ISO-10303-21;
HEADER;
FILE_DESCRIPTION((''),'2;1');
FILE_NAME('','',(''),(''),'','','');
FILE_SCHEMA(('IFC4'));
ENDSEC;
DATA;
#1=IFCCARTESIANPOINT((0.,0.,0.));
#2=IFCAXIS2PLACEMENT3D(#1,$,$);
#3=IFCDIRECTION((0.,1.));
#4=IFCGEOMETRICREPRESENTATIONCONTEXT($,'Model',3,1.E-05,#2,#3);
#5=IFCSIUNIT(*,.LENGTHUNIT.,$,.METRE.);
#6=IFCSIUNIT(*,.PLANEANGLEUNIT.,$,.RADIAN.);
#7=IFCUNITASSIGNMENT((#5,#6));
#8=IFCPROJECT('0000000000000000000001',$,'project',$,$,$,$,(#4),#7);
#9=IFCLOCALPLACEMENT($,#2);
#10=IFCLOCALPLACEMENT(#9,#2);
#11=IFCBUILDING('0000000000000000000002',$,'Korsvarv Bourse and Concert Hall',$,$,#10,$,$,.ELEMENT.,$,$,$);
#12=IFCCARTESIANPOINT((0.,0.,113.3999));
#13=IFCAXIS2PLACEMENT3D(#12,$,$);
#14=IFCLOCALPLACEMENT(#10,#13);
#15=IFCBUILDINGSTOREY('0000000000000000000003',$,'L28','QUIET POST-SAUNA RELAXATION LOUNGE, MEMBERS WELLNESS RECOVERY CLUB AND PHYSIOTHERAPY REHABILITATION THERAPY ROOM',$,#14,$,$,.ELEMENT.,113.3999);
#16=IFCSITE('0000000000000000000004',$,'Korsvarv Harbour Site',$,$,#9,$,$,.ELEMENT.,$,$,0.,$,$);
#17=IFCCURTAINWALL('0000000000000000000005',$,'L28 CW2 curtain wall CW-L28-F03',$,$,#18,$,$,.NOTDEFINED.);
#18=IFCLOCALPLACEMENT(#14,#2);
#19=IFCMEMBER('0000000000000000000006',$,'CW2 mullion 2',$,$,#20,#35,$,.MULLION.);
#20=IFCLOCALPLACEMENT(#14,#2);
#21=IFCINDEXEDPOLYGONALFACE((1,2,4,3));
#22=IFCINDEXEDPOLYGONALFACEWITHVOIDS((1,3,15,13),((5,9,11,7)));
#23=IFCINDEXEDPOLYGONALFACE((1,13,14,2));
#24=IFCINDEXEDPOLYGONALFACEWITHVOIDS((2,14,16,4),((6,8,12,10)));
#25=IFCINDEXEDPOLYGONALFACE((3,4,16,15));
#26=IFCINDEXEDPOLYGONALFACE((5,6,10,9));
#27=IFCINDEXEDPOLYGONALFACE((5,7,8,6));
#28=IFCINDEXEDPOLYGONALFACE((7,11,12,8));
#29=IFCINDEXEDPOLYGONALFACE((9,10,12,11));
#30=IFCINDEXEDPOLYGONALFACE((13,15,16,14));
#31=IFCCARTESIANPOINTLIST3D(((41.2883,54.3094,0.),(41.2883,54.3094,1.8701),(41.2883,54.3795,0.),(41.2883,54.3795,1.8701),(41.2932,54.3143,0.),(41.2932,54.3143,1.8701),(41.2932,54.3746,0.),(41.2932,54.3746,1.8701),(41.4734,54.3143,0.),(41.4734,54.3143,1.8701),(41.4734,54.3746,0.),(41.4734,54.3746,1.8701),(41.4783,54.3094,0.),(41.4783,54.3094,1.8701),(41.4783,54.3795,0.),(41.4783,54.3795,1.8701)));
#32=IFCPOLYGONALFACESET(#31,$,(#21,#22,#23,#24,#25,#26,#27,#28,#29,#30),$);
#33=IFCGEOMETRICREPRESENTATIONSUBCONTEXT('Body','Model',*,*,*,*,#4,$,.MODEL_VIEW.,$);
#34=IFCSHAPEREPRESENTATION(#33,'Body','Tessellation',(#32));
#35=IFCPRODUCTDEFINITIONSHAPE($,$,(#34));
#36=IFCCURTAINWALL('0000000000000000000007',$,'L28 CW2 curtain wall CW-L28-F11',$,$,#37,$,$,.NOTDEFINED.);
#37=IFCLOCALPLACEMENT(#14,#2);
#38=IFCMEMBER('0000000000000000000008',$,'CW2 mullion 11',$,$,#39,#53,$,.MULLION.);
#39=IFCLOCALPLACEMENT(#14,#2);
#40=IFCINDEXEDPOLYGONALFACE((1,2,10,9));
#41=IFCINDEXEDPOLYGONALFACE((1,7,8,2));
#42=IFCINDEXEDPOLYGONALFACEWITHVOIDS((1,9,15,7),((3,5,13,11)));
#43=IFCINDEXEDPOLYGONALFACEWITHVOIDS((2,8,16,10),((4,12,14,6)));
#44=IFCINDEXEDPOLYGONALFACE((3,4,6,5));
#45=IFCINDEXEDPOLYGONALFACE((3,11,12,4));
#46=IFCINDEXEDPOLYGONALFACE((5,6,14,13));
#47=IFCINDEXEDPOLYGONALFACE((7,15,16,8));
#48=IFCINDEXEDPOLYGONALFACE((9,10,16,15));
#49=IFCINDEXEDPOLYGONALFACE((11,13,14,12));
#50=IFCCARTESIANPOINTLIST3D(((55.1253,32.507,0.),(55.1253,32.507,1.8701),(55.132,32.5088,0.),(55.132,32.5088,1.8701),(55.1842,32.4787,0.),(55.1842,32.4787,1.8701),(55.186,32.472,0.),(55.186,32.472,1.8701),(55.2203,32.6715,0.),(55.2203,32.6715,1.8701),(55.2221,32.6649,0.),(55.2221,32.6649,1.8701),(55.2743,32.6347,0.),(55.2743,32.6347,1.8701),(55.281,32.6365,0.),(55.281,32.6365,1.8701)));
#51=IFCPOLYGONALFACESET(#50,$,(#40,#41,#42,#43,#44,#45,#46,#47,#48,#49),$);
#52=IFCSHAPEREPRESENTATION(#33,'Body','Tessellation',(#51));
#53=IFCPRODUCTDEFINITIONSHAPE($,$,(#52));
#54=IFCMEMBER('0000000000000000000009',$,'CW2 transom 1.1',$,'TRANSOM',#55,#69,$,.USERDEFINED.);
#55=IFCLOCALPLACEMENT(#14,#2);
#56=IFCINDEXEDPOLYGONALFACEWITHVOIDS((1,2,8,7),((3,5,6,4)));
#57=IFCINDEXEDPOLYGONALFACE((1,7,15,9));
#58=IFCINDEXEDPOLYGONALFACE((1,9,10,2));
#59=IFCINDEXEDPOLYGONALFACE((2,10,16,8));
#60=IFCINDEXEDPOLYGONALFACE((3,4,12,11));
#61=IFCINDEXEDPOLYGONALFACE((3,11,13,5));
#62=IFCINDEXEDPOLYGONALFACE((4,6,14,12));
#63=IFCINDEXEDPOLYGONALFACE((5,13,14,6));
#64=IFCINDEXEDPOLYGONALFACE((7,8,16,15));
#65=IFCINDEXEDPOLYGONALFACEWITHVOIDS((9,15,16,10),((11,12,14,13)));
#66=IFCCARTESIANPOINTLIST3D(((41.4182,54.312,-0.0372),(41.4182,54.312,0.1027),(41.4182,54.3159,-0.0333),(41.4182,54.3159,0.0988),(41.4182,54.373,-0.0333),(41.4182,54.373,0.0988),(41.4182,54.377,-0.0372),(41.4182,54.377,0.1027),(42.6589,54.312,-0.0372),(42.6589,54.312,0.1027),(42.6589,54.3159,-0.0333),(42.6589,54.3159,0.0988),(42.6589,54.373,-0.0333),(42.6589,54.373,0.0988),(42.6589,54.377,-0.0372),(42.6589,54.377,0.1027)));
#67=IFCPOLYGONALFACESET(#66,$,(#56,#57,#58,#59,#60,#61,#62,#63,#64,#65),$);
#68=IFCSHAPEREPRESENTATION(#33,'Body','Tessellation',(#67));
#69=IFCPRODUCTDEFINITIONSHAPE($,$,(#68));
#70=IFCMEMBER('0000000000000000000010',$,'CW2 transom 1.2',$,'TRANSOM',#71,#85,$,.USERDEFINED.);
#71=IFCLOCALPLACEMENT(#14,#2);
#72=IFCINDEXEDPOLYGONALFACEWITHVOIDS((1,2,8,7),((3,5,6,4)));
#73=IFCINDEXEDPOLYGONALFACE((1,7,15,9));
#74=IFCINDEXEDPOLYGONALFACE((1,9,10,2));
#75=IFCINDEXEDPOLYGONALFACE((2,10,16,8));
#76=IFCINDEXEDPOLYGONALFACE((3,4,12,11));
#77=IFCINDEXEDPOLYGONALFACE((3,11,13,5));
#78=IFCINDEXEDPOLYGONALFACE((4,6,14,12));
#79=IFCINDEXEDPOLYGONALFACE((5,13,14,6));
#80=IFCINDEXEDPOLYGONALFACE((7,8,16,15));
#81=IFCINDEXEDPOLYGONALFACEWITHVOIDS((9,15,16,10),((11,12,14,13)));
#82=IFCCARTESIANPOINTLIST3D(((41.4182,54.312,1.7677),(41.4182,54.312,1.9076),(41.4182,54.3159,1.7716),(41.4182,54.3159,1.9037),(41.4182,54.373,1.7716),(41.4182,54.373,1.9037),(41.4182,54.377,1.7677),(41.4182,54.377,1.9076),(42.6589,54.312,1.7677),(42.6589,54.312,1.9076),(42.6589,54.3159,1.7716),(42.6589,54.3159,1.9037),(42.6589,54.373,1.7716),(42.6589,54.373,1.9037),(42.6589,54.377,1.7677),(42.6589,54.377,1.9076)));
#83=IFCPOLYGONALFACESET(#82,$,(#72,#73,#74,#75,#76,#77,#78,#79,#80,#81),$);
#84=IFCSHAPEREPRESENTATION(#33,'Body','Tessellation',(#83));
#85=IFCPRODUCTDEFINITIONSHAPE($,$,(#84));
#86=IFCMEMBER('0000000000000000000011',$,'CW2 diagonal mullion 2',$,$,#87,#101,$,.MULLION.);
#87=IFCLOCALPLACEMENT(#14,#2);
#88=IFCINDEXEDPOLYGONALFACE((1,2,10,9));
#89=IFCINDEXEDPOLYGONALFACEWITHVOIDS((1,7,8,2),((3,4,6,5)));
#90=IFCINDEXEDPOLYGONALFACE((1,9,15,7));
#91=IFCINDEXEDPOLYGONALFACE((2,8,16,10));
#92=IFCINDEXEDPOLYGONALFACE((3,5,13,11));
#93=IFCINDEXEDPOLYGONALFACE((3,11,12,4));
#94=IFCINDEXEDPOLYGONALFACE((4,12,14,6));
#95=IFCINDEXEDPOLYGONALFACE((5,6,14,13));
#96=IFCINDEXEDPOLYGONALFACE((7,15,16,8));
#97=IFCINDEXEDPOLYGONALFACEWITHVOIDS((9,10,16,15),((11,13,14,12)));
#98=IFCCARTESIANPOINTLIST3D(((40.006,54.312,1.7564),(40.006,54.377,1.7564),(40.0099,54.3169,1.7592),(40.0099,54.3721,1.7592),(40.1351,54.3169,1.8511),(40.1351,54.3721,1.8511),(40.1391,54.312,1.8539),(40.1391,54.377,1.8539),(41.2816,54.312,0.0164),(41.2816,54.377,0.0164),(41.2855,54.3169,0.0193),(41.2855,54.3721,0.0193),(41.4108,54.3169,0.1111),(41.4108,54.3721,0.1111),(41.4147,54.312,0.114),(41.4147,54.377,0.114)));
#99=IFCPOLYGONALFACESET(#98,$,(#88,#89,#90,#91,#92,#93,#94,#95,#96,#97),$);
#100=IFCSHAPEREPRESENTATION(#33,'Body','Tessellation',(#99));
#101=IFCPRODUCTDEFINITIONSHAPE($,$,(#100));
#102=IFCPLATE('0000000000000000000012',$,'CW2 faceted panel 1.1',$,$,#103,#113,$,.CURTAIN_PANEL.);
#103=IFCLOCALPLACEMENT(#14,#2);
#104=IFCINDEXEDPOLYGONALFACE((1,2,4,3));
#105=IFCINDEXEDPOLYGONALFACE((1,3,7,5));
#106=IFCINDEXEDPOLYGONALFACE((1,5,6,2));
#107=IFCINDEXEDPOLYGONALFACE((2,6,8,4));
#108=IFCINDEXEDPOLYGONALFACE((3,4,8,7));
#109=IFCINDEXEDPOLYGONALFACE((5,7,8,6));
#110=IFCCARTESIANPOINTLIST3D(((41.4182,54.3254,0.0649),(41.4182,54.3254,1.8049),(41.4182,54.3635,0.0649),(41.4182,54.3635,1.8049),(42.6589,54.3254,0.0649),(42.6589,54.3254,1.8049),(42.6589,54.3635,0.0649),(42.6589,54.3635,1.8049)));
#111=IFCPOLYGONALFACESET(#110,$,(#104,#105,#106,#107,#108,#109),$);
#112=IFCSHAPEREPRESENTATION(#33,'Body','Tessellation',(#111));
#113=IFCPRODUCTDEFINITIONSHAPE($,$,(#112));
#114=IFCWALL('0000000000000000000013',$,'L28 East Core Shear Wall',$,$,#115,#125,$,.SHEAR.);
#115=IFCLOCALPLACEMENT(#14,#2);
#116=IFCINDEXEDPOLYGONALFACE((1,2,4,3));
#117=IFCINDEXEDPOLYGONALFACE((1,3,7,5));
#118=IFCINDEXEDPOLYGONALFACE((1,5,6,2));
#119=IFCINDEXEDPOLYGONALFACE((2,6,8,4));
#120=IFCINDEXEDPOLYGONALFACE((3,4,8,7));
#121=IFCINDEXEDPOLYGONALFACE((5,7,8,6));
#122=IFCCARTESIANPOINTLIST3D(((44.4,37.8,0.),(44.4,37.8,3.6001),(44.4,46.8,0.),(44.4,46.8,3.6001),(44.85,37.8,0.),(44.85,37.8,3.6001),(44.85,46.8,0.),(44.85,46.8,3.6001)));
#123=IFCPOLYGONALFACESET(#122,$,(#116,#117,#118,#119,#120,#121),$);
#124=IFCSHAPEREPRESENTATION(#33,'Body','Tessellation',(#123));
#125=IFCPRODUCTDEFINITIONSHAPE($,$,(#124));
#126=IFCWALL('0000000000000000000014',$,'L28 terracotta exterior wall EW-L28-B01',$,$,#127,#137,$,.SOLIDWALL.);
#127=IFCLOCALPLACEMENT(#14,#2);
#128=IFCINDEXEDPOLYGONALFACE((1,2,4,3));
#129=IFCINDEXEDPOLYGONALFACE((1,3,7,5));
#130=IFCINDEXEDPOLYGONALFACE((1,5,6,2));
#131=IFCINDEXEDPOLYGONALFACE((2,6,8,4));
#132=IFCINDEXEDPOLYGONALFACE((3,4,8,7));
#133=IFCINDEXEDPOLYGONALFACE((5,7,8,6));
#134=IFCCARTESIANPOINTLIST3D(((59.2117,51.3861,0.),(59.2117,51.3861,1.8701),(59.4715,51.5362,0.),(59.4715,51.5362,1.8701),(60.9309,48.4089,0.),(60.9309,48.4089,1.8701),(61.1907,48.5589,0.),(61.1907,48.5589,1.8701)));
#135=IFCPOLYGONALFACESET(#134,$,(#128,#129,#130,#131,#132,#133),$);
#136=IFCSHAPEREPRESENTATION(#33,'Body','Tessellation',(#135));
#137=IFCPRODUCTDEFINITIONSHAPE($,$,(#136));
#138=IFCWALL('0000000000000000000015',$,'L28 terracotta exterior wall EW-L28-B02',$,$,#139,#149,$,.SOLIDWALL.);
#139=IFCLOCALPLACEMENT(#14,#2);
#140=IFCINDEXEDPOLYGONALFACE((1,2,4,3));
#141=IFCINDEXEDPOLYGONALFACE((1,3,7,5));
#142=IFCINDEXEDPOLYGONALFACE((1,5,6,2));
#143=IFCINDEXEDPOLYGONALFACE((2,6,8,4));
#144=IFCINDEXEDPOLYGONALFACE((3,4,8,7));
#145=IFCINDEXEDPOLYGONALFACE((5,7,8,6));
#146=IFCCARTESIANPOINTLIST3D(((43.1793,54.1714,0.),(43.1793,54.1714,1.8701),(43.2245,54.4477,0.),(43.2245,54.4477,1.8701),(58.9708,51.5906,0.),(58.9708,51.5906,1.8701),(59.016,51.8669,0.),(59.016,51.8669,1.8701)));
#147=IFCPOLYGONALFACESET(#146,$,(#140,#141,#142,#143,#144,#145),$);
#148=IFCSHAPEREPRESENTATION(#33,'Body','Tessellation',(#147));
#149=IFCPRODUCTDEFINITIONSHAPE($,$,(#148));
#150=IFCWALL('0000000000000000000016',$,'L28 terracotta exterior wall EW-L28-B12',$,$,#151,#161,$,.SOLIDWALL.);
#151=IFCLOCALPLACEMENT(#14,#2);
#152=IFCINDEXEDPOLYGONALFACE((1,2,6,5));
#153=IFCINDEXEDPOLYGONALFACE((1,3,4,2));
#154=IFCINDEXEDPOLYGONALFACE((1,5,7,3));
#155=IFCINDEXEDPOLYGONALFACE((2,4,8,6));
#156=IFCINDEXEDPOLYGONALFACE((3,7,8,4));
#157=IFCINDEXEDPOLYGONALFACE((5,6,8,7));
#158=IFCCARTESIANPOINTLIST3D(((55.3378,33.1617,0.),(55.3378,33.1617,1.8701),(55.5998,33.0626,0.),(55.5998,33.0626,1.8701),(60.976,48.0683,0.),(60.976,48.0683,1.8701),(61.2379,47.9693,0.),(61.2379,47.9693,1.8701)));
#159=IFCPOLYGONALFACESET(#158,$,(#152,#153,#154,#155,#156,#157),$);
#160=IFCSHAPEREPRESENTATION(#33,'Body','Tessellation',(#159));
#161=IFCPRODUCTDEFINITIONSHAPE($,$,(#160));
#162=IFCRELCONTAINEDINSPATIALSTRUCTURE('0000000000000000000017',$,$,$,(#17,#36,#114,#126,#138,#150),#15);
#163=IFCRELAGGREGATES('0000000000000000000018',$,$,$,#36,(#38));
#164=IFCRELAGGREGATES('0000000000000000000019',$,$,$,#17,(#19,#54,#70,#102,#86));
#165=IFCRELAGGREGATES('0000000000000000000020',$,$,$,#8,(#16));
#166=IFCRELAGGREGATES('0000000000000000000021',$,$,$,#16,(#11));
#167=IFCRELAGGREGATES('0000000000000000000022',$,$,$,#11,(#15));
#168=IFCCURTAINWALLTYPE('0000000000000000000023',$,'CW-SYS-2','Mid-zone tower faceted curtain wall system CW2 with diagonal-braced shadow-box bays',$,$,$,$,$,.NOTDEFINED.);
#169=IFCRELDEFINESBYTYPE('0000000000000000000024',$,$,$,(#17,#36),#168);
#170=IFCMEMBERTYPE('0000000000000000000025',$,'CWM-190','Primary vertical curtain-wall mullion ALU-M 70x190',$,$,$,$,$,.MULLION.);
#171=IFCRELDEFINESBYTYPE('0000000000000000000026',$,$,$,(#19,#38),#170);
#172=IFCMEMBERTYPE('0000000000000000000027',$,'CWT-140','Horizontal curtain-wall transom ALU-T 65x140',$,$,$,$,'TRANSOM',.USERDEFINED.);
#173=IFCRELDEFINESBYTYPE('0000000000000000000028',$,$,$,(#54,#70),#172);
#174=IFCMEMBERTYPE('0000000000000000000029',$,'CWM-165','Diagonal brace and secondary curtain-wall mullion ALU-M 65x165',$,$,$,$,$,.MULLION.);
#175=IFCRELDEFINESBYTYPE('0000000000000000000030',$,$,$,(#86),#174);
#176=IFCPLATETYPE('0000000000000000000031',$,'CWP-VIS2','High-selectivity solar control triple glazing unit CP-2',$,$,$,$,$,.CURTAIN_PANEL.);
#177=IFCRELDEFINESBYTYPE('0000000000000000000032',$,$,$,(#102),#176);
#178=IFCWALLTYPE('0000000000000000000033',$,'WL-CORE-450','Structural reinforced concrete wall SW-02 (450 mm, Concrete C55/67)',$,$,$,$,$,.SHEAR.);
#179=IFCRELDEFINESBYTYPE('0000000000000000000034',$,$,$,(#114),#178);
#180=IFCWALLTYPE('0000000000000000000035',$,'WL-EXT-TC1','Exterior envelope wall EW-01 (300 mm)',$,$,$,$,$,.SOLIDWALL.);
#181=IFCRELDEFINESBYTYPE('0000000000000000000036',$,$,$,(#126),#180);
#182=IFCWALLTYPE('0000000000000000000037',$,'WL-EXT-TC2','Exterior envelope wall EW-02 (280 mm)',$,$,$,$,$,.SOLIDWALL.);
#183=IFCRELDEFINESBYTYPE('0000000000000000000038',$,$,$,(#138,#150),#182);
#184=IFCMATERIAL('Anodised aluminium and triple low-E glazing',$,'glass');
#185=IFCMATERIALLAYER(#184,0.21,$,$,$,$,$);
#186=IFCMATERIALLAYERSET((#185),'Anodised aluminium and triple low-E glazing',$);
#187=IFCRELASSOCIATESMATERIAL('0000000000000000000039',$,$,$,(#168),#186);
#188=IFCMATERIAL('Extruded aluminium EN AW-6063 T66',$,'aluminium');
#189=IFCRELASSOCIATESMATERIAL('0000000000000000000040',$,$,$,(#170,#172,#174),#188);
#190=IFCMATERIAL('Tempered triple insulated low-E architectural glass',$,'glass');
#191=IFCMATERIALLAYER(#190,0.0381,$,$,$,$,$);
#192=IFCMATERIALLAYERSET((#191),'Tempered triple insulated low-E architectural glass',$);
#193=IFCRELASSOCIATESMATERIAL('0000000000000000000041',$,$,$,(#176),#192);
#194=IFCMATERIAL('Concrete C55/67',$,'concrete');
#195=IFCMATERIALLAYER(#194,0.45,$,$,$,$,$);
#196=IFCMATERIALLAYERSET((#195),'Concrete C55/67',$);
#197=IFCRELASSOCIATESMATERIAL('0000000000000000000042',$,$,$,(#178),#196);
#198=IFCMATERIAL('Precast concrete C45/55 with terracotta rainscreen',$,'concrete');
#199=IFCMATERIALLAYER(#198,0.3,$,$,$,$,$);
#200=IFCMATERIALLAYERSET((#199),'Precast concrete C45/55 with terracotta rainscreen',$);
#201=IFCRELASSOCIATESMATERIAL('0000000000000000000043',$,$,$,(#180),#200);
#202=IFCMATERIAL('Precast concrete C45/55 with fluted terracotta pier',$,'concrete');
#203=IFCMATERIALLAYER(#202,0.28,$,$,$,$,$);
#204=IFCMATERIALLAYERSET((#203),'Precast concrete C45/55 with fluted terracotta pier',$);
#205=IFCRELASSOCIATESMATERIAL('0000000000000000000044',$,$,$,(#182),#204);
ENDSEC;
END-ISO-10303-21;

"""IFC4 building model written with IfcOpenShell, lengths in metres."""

from ifc_helpers import new_model, si_unit, direction, frame, frame_2d, origin, origin_2d, place, context, subcontext, project, spatial, rectangle, hollow_rectangle, extrude, source, transform, mapped, material, layer, layer_set, material_profile, profile_set, type_object, element, aggregate, save


model = new_model("IFC4")

# Units and contexts
model_context = context("Model", 3, precision=1e-05, world=origin(), true_north=direction((0.0, 1.0)))
body_context = subcontext(model_context, "Body", "Model", "MODEL_VIEW")
ifc_project = project(units=[si_unit("LENGTHUNIT", "METRE"), si_unit("PLANEANGLEUNIT", "RADIAN")], contexts=[model_context])

# Site, building, storey
site_placement = place(None, origin())
site = spatial("IfcSite", under=ifc_project, at=site_placement, Name="Korsvarv Harbour Site", CompositionType="ELEMENT", RefElevation=0.0)
building_placement = place(site_placement, origin())
building = spatial("IfcBuilding", under=site, at=building_placement, Name="Korsvarv Bourse and Concert Hall", CompositionType="ELEMENT")
storey_placement = place(building_placement, frame((0.0, 0.0, 113.3999)))
storey = spatial("IfcBuildingStorey", under=building, at=storey_placement, Name="L28", Description="QUIET POST-SAUNA RELAXATION LOUNGE, MEMBERS WELLNESS RECOVERY CLUB AND PHYSIOTHERAPY REHABILITATION THERAPY ROOM", CompositionType="ELEMENT", Elevation=113.3999)

# Curtain wall, member
ifc_material_1 = material(Name="Anodised aluminium and triple low-E glazing", Category="glass")
ifc_layer_1 = layer(ifc_material_1, 0.21)
ifc_layer_set_1 = layer_set([ifc_layer_1], Name="Anodised aluminium and triple low-E glazing")
curtain_wall_type = type_object("IfcCurtainWallType", Name="CW-SYS-2", Description="Mid-zone tower faceted curtain wall system CW2 with diagonal-braced shadow-box bays", PredefinedType="NOTDEFINED", material=ifc_layer_set_1)
curtain_wall_1_placement = place(storey_placement, origin())
curtain_wall_1 = element("IfcCurtainWall", 1, at=curtain_wall_1_placement, inside=storey, type_object=curtain_wall_type, Name="L28 CW2 curtain wall CW-L28-F03", PredefinedType="NOTDEFINED")
ifc_material_2 = material(Name="Extruded aluminium EN AW-6063 T66", Category="aluminium")
ifc_material_profile_1 = material_profile(ifc_material_2, hollow_rectangle(XDim=0.0701, YDim=0.1899, WallThickness=0.0049, at=origin_2d()), Name="ALU-M 70x190")
ifc_profile_set_1 = profile_set([ifc_material_profile_1], Name="Extruded aluminium EN AW-6063 T66")
member_type_1 = type_object("IfcMemberType", Name="CWM-190", Description="Primary vertical curtain-wall mullion ALU-M 70x190", PredefinedType="MULLION", material=ifc_profile_set_1)
shared_shape_1 = source(origin(), body_context, "Body", "SweptSolid", [
    extrude(hollow_rectangle(XDim=0.0701, YDim=0.1899, WallThickness=0.0049, at=origin_2d()), origin(), (0.0, 0.0, 1.0), 1.8701),
])
member_1_placement = place(storey_placement, frame((41.3833, 54.3445, 0.0), z_axis=(0.0, 0.0, 1.0), x_axis=(0.0, -1.0, 0.0)))
member_1 = element("IfcMember", 2, at=member_1_placement, type_object=member_type_1, Name="CW2 mullion 2", PredefinedType="MULLION", context=body_context, shape_type="MappedRepresentation", body=[
    mapped(shared_shape_1, transform((0.0, 0.0, 0.0), scale=1.0)),
])

# Curtain wall, member
curtain_wall_2_placement = place(storey_placement, origin())
curtain_wall_2 = element("IfcCurtainWall", 3, at=curtain_wall_2_placement, inside=storey, type_object=curtain_wall_type, Name="L28 CW2 curtain wall CW-L28-F11", PredefinedType="NOTDEFINED")
member_2_placement = place(storey_placement, frame((55.2031, 32.5718, 0.0), z_axis=(0.0, 0.0, 1.0), x_axis=(-0.866022, 0.500006, 0.0)))
member_2 = element("IfcMember", 4, at=member_2_placement, type_object=member_type_1, Name="CW2 mullion 11", PredefinedType="MULLION", context=body_context, shape_type="MappedRepresentation", body=[
    mapped(shared_shape_1, transform((0.0, 0.0, 0.0), scale=1.0)),
])
aggregate(curtain_wall_2, [member_2])

# Members
ifc_material_profile_2 = material_profile(ifc_material_2, hollow_rectangle(XDim=0.0649, YDim=0.1399, WallThickness=0.0039, at=origin_2d()), Name="ALU-T 65x140")
ifc_profile_set_2 = profile_set([ifc_material_profile_2], Name="Extruded aluminium EN AW-6063 T66")
member_type_2 = type_object("IfcMemberType", Name="CWT-140", Description="Horizontal curtain-wall transom ALU-T 65x140", ElementType="TRANSOM", PredefinedType="USERDEFINED", material=ifc_profile_set_2)
shared_shape_2 = source(origin(), body_context, "Body", "SweptSolid", [
    extrude(hollow_rectangle(XDim=0.0649, YDim=0.1399, WallThickness=0.0039, at=origin_2d()), origin(), (0.0, 0.0, 1.0), 1.2407),
])
member_3_placement = place(storey_placement, frame((42.6589, 54.3445, 0.0327), z_axis=(-1.0, 0.0, 0.0), x_axis=(0.0, -1.0, 0.0)))
member_3 = element("IfcMember", 5, at=member_3_placement, type_object=member_type_2, Name="CW2 transom 1.1", ObjectType="TRANSOM", PredefinedType="USERDEFINED", context=body_context, shape_type="MappedRepresentation", body=[
    mapped(shared_shape_2, transform((0.0, 0.0, 0.0), scale=1.0)),
])
member_4_placement = place(storey_placement, frame((42.6589, 54.3445, 1.8376), z_axis=(-1.0, 0.0, 0.0), x_axis=(0.0, -1.0, 0.0)))
member_4 = element("IfcMember", 6, at=member_4_placement, type_object=member_type_2, Name="CW2 transom 1.2", ObjectType="TRANSOM", PredefinedType="USERDEFINED", context=body_context, shape_type="MappedRepresentation", body=[
    mapped(shared_shape_2, transform((0.0, 0.0, 0.0), scale=1.0)),
])
ifc_material_profile_3 = material_profile(ifc_material_2, hollow_rectangle(XDim=0.0649, YDim=0.165, WallThickness=0.0049, at=origin_2d()), Name="ALU-M 65x165")
ifc_profile_set_3 = profile_set([ifc_material_profile_3], Name="Extruded aluminium EN AW-6063 T66")
member_type_3 = type_object("IfcMemberType", Name="CWM-165", Description="Diagonal brace and secondary curtain-wall mullion ALU-M 65x165", PredefinedType="MULLION", material=ifc_profile_set_3)
shared_shape_3 = source(origin(), body_context, "Body", "SweptSolid", [
    extrude(hollow_rectangle(XDim=0.0649, YDim=0.165, WallThickness=0.0049, at=origin_2d()), origin(), (0.0, 0.0, 1.0), 2.1575),
])
member_5_placement = place(storey_placement, frame((41.3481, 54.3445, 0.0652), z_axis=(-0.591256, 0.0, 0.806484), x_axis=(0.0, -1.0, 0.0)))
member_5 = element("IfcMember", 7, at=member_5_placement, type_object=member_type_3, Name="CW2 diagonal mullion 2", PredefinedType="MULLION", context=body_context, shape_type="MappedRepresentation", body=[
    mapped(shared_shape_3, transform((0.0, 0.0, 0.0), scale=1.0)),
])

# Plate
ifc_material_3 = material(Name="Tempered triple insulated low-E architectural glass", Category="glass")
ifc_layer_2 = layer(ifc_material_3, 0.0381)
ifc_layer_set_2 = layer_set([ifc_layer_2], Name="Tempered triple insulated low-E architectural glass")
plate_type = type_object("IfcPlateType", Name="CWP-VIS2", Description="High-selectivity solar control triple glazing unit CP-2", PredefinedType="CURTAIN_PANEL", material=ifc_layer_set_2)
shared_shape_4 = source(origin(), body_context, "Body", "SweptSolid", [
    extrude(rectangle(XDim=1.2407, YDim=0.0381, at=origin_2d()), origin(), (0.0, 0.0, 1.0), 1.74),
])
plate_placement = place(storey_placement, frame((42.0386, 54.3445, 0.0649), z_axis=(0.0, 0.0, 1.0), x_axis=(-1.0, 0.0, 0.0)))
plate = element("IfcPlate", 8, at=plate_placement, type_object=plate_type, Name="CW2 faceted panel 1.1", PredefinedType="CURTAIN_PANEL", context=body_context, shape_type="MappedRepresentation", body=[
    mapped(shared_shape_4, transform((0.0, 0.0, 0.0), scale=1.0)),
])
aggregate(curtain_wall_1, [member_1, member_3, member_4, plate, member_5])

# Walls
ifc_material_4 = material(Name="Concrete C55/67", Category="concrete")
ifc_layer_3 = layer(ifc_material_4, 0.45)
ifc_layer_set_3 = layer_set([ifc_layer_3], Name="Concrete C55/67")
wall_type_1 = type_object("IfcWallType", Name="WL-CORE-450", Description="Structural reinforced concrete wall SW-02 (450 mm, Concrete C55/67)", PredefinedType="SHEAR", material=ifc_layer_set_3)
wall_1_placement = place(storey_placement, frame((44.625, 37.8, 0.0), z_axis=(0.0, 0.0, 1.0), x_axis=(0.0, 1.0, 0.0)))
element("IfcWall", 9, at=wall_1_placement, inside=storey, type_object=wall_type_1, Name="L28 East Core Shear Wall", PredefinedType="SHEAR", context=body_context, shape_type="SweptSolid", body=[
    extrude(rectangle(XDim=9.0, YDim=0.45, at=frame_2d((4.5, 0.0))), origin(), (0.0, 0.0, 1.0), 3.6001),
])
ifc_material_5 = material(Name="Precast concrete C45/55 with terracotta rainscreen", Category="concrete")
ifc_layer_4 = layer(ifc_material_5, 0.3)
ifc_layer_set_4 = layer_set([ifc_layer_4], Name="Precast concrete C45/55 with terracotta rainscreen")
wall_type_2 = type_object("IfcWallType", Name="WL-EXT-TC1", Description="Exterior envelope wall EW-01 (300 mm)", PredefinedType="SOLIDWALL", material=ifc_layer_set_4)
wall_2_placement = place(storey_placement, frame((61.0608, 48.4839, 0.0), z_axis=(0.0, 0.0, 1.0), x_axis=(-0.500065, 0.865988, 0.0)))
element("IfcWall", 10, at=wall_2_placement, inside=storey, type_object=wall_type_2, Name="L28 terracotta exterior wall EW-L28-B01", PredefinedType="SOLIDWALL", context=body_context, shape_type="SweptSolid", body=[
    extrude(rectangle(XDim=3.438, YDim=0.3, at=frame_2d((1.719, 0.0))), origin(), (0.0, 0.0, 1.0), 1.8701),
])
ifc_material_6 = material(Name="Precast concrete C45/55 with fluted terracotta pier", Category="concrete")
ifc_layer_5 = layer(ifc_material_6, 0.28)
ifc_layer_set_5 = layer_set([ifc_layer_5], Name="Precast concrete C45/55 with fluted terracotta pier")
wall_type_3 = type_object("IfcWallType", Name="WL-EXT-TC2", Description="Exterior envelope wall EW-02 (280 mm)", PredefinedType="SOLIDWALL", material=ifc_layer_set_5)
wall_3_placement = place(storey_placement, frame((58.9934, 51.7288, 0.0), z_axis=(0.0, 0.0, 1.0), x_axis=(-0.986907, 0.161291, 0.0)))
element("IfcWall", 11, at=wall_3_placement, inside=storey, type_object=wall_type_3, Name="L28 terracotta exterior wall EW-L28-B02", PredefinedType="SOLIDWALL", context=body_context, shape_type="SweptSolid", body=[
    extrude(rectangle(XDim=16.001, YDim=0.28, at=frame_2d((8.0005, 0.0))), origin(), (0.0, 0.0, 1.0), 1.8701),
])
wall_4_placement = place(storey_placement, frame((55.4688, 33.1121, 0.0), z_axis=(0.0, 0.0, 1.0), x_axis=(0.353771, 0.935332, 0.0)))
element("IfcWall", 12, at=wall_4_placement, inside=storey, type_object=wall_type_3, Name="L28 terracotta exterior wall EW-L28-B12", PredefinedType="SOLIDWALL", context=body_context, shape_type="SweptSolid", body=[
    extrude(rectangle(XDim=15.9373, YDim=0.28, at=frame_2d((7.9688, 0.0))), origin(), (0.0, 0.0, 1.0), 1.8701),
])

save(model, "model.ifc")
